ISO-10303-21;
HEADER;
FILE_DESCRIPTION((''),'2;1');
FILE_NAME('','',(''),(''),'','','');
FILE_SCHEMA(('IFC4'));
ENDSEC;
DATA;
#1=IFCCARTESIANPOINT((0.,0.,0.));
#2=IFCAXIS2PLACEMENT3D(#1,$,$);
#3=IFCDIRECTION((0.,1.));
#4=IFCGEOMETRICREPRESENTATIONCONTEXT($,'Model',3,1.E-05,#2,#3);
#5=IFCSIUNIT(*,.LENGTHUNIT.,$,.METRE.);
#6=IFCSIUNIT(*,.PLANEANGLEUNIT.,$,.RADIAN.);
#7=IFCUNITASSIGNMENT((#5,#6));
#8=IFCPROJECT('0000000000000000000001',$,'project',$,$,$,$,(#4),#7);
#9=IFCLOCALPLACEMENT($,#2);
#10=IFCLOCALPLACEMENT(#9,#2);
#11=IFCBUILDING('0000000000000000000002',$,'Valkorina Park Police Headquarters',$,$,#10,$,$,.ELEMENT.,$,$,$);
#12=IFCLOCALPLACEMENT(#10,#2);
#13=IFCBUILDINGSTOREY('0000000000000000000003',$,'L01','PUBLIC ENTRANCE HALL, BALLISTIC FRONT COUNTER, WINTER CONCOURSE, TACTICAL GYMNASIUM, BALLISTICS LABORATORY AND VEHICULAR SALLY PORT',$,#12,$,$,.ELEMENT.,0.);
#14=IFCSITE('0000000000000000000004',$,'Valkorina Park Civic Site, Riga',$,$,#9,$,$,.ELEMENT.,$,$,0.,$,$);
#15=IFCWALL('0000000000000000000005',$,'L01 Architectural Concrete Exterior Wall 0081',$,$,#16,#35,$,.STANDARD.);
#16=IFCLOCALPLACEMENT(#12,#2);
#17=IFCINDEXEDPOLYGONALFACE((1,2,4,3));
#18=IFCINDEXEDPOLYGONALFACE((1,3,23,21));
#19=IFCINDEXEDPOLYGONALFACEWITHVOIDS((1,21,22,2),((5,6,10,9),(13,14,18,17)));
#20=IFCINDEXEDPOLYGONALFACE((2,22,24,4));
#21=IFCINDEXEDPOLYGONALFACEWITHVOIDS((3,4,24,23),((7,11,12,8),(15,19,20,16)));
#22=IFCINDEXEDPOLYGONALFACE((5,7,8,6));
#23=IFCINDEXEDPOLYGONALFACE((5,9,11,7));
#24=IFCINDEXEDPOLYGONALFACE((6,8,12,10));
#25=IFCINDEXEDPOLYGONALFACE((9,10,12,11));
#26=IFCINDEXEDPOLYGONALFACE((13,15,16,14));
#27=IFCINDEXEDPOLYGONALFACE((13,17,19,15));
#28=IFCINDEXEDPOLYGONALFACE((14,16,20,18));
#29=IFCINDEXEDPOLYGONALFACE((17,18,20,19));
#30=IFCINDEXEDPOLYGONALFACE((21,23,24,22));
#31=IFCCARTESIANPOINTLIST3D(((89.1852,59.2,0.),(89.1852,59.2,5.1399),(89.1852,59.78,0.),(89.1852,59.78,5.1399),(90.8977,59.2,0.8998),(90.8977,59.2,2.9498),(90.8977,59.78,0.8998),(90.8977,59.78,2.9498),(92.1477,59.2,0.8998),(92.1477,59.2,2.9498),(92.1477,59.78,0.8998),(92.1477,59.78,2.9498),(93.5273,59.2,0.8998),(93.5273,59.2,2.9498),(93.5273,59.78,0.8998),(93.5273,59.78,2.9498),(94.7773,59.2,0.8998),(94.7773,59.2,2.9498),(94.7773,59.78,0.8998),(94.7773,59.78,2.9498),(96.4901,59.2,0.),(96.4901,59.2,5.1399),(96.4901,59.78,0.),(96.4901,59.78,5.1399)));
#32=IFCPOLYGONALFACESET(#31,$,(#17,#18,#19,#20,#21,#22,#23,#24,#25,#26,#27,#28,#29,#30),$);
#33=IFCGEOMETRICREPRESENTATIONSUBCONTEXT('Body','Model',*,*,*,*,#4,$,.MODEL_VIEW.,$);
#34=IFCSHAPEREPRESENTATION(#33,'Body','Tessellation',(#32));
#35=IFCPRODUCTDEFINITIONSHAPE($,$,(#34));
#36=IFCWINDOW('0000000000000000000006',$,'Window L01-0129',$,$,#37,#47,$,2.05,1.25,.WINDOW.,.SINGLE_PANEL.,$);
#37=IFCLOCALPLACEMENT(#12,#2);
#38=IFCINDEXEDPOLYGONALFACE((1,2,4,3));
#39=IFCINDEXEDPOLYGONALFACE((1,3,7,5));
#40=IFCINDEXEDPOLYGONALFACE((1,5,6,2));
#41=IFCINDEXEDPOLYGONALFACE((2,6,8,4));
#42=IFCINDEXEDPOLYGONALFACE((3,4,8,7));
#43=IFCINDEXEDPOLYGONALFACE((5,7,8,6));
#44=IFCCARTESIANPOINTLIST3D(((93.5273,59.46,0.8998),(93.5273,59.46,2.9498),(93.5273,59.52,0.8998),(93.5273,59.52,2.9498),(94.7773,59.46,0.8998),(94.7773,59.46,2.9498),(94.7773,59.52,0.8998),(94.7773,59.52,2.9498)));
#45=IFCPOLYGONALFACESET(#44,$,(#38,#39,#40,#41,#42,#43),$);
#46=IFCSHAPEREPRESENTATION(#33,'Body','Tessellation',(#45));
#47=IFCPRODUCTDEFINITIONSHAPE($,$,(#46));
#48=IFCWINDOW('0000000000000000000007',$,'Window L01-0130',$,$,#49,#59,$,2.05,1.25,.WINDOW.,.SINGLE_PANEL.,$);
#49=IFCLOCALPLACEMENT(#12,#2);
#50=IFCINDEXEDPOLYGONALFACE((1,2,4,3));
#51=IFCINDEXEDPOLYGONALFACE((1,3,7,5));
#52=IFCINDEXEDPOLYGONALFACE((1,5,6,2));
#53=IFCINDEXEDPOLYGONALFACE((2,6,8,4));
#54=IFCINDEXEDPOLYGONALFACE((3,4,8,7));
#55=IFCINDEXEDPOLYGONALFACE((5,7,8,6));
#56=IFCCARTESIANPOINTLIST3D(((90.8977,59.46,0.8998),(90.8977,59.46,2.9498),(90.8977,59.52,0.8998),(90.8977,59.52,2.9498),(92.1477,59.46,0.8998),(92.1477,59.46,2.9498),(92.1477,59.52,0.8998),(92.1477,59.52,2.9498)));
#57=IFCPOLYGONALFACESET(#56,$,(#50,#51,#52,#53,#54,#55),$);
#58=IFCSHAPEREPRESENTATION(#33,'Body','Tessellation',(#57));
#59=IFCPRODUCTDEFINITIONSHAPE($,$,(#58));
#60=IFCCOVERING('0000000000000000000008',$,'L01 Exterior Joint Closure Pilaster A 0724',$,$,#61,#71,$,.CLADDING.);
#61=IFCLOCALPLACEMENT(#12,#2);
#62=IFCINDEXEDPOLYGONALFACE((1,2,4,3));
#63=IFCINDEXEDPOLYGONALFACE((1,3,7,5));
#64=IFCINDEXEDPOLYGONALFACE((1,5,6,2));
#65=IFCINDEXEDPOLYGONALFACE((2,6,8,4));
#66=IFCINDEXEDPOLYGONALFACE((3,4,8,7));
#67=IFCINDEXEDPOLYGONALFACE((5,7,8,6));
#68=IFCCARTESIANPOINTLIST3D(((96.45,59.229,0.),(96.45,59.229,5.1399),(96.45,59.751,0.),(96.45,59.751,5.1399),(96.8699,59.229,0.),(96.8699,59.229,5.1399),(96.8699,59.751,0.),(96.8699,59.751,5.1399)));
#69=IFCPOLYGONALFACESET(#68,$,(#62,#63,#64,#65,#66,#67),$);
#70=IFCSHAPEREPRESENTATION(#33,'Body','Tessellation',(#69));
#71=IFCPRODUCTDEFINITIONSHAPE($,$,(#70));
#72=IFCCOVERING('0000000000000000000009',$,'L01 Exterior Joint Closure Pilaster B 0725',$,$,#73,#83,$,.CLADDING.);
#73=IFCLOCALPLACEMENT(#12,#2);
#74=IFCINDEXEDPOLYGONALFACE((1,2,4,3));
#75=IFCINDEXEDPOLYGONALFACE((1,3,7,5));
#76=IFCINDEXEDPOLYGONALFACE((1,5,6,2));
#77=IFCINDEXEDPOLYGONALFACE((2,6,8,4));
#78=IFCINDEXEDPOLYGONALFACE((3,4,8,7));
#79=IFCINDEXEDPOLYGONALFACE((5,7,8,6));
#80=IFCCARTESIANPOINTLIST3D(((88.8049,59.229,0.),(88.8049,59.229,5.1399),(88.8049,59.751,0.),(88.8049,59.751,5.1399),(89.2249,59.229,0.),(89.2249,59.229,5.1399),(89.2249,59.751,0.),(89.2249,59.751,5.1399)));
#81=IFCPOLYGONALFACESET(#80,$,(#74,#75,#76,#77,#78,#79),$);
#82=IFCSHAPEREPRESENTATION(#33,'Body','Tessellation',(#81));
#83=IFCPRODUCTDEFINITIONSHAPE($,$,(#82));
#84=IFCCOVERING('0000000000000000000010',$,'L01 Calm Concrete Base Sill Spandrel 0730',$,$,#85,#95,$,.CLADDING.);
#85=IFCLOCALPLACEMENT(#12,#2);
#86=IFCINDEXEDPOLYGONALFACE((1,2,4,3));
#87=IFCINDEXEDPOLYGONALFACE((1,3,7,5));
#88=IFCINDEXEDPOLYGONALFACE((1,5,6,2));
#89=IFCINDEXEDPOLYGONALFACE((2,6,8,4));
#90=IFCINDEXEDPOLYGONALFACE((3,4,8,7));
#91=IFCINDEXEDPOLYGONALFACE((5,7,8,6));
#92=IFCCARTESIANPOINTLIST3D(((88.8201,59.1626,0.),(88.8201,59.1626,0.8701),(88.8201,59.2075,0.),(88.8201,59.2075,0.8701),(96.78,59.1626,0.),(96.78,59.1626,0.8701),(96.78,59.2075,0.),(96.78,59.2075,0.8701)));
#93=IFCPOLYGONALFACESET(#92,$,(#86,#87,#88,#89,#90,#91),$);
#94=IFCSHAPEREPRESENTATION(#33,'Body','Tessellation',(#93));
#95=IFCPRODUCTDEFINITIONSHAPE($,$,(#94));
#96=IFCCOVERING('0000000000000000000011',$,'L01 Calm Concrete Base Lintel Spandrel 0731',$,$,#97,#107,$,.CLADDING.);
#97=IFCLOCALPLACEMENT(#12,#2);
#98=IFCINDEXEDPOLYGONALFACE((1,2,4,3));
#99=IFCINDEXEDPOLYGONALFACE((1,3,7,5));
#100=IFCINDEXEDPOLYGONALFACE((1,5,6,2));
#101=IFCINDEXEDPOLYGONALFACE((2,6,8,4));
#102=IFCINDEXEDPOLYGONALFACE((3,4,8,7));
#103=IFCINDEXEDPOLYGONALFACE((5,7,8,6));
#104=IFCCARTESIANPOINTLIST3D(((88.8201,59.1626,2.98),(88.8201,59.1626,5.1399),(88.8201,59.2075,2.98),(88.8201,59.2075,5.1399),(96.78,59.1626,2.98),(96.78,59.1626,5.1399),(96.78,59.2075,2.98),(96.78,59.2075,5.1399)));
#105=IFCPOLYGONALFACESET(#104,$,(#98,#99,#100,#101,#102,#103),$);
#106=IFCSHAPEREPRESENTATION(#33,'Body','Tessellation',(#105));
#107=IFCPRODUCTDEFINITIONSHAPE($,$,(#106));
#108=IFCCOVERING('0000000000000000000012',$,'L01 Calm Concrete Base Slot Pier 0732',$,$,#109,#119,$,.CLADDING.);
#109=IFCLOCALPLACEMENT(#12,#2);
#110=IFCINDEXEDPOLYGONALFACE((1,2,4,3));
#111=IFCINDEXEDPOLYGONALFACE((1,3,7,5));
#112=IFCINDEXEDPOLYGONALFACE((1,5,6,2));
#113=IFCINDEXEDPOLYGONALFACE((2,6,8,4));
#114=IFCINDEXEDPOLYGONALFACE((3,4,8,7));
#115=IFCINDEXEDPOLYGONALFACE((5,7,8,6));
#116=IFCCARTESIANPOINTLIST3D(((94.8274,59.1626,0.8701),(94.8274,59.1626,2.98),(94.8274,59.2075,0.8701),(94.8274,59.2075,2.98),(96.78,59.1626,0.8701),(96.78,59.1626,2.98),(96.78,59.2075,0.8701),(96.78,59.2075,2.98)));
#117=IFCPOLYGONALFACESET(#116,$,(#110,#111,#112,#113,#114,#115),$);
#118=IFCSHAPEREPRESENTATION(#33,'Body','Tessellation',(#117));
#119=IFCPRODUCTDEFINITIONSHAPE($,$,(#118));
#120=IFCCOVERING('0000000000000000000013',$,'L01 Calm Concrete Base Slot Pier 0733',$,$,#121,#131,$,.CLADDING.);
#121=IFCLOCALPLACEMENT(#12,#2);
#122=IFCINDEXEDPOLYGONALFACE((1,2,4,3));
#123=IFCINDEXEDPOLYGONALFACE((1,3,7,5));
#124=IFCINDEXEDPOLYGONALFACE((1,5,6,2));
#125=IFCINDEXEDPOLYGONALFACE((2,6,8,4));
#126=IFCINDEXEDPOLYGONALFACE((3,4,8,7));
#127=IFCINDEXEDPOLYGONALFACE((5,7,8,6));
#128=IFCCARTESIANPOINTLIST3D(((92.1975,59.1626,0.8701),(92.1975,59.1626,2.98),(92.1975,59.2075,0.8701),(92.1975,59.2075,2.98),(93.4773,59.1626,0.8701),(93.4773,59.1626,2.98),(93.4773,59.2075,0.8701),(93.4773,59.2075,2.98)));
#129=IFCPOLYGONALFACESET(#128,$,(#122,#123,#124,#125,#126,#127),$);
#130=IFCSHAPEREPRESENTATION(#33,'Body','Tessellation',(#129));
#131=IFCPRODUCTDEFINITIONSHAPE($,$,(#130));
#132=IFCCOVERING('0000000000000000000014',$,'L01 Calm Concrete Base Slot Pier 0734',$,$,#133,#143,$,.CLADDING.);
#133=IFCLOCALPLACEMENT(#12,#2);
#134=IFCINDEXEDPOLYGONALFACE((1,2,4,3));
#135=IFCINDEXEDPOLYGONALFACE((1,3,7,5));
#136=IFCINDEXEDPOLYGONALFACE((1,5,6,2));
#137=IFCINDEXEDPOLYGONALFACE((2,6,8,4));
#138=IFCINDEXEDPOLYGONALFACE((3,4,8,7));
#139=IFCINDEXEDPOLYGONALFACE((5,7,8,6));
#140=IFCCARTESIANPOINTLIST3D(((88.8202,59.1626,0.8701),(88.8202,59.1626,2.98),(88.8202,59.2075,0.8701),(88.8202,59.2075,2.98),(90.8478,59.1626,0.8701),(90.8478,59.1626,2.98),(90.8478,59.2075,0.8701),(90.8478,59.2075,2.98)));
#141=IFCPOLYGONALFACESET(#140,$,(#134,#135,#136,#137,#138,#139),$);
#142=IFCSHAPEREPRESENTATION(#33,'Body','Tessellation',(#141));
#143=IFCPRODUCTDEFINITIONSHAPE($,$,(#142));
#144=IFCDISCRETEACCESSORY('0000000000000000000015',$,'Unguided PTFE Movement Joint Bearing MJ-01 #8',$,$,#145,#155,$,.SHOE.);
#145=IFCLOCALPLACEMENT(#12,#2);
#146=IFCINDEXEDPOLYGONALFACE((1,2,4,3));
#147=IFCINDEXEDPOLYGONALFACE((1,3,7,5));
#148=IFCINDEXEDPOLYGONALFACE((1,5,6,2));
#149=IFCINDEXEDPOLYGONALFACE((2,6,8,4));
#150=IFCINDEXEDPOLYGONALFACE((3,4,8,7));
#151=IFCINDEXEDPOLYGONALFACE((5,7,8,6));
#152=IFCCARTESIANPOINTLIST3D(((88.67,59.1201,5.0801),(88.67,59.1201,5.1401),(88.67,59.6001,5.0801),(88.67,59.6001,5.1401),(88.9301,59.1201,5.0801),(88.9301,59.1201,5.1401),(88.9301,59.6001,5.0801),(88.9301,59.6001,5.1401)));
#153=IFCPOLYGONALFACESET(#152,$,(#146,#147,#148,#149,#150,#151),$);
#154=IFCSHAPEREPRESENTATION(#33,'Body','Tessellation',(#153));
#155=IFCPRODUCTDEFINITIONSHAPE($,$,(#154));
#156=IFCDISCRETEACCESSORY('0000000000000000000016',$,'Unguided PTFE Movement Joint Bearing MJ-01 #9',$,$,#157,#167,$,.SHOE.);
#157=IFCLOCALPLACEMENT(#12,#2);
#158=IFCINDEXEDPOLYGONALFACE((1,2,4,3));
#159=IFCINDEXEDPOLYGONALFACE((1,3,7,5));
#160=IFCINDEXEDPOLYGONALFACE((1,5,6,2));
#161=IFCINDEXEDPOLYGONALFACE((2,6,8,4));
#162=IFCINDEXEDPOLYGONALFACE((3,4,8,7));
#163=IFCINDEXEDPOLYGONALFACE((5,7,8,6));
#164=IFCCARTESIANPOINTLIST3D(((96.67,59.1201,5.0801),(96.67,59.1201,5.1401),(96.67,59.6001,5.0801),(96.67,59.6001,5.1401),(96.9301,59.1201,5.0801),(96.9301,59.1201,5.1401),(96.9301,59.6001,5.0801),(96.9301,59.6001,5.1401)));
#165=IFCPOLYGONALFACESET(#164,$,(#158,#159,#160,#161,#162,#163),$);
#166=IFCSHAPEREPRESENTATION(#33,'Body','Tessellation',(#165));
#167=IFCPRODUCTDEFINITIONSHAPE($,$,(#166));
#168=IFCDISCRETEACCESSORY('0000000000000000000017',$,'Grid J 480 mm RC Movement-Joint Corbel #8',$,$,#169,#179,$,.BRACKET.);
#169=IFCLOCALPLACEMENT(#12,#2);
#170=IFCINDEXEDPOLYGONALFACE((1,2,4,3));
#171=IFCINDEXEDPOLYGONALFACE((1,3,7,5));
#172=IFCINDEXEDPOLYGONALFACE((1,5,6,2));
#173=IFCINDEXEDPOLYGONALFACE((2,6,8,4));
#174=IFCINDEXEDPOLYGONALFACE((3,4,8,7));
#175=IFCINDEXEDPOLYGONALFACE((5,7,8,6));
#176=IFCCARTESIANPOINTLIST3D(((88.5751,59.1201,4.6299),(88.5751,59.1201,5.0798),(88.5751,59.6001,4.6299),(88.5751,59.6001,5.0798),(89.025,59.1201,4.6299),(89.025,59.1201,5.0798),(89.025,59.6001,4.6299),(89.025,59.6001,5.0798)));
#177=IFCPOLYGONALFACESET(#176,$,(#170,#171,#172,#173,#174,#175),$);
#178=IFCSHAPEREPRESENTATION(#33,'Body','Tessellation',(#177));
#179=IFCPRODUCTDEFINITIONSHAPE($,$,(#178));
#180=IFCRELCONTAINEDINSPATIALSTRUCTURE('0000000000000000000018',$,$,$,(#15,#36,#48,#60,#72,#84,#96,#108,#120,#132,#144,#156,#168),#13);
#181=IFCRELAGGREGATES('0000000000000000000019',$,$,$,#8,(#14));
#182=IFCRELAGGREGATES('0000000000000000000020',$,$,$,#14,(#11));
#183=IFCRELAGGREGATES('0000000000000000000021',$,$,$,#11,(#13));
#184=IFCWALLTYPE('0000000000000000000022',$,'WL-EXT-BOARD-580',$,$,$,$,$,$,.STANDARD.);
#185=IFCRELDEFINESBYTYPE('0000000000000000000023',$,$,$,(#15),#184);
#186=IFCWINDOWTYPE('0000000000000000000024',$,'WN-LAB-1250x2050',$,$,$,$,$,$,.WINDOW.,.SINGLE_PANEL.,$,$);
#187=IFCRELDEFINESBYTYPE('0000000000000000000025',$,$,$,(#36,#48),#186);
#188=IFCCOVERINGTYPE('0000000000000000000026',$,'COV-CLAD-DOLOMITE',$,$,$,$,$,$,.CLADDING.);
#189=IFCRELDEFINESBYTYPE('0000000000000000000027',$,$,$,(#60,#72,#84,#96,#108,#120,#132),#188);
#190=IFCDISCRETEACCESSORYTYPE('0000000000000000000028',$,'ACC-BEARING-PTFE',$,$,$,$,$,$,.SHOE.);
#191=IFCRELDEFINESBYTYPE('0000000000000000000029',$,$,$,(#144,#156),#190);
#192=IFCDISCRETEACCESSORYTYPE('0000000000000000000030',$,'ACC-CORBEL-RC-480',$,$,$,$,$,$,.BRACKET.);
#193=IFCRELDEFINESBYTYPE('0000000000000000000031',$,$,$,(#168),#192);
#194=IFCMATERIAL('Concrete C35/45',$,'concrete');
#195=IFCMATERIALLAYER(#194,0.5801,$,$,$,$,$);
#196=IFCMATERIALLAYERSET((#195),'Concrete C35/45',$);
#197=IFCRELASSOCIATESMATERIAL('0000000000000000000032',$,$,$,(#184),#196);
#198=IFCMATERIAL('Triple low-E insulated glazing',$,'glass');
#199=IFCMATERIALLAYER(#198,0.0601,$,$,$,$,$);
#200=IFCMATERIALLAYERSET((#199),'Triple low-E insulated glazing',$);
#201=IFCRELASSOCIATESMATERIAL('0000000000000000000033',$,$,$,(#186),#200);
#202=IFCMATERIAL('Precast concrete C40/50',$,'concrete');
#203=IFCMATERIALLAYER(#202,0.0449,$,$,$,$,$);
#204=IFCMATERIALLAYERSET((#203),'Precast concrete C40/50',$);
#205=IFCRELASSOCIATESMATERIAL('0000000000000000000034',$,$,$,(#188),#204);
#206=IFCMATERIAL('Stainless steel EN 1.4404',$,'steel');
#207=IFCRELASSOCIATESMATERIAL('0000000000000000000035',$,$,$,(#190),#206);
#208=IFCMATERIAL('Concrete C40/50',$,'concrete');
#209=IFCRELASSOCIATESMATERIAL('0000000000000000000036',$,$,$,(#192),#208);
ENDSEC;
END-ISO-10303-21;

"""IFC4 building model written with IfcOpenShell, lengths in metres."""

from ifc_helpers import new_model, si_unit, direction, frame, frame_2d, origin, origin_2d, place, context, subcontext, project, spatial, rectangle, extrude, material, layer, layer_set, type_object, element, fill, save


model = new_model("IFC4")

# Units and contexts
model_context = context("Model", 3, precision=1e-05, world=origin(), true_north=direction((0.0, 1.0)))
body_context = subcontext(model_context, "Body", "Model", "MODEL_VIEW")
ifc_project = project(units=[si_unit("LENGTHUNIT", "METRE"), si_unit("PLANEANGLEUNIT", "RADIAN")], contexts=[model_context])

# Site, building, storey
site_placement = place(None, origin())
site = spatial("IfcSite", under=ifc_project, at=site_placement, Name="Valkorina Park Civic Site, Riga", CompositionType="ELEMENT", RefElevation=0.0)
building_placement = place(site_placement, origin())
building = spatial("IfcBuilding", under=site, at=building_placement, Name="Valkorina Park Police Headquarters", CompositionType="ELEMENT")
storey_placement = place(building_placement, origin())
storey = spatial("IfcBuildingStorey", under=building, at=storey_placement, Name="L01", Description="PUBLIC ENTRANCE HALL, BALLISTIC FRONT COUNTER, WINTER CONCOURSE, TACTICAL GYMNASIUM, BALLISTICS LABORATORY AND VEHICULAR SALLY PORT", CompositionType="ELEMENT", Elevation=0.0)

# Shared definitions
ifc_material_1 = material(Name="Concrete C40/50", Category="concrete")

# Wall, openings, windows
ifc_material_2 = material(Name="Concrete C35/45", Category="concrete")
ifc_layer_1 = layer(ifc_material_2, 0.5801)
ifc_layer_set_1 = layer_set([ifc_layer_1], Name="Concrete C35/45")
wall_type = type_object("IfcWallType", Name="WL-EXT-BOARD-580", PredefinedType="STANDARD", material=ifc_layer_set_1)
wall_placement = place(storey_placement, frame((96.49, 59.49, 0.0), z_axis=(0.0, 0.0, 1.0), x_axis=(-1.0, 0.0, 0.0)))
wall = element("IfcWall", 1, at=wall_placement, inside=storey, type_object=wall_type, Name="L01 Architectural Concrete Exterior Wall 0081", PredefinedType="STANDARD", context=body_context, shape_type="SweptSolid", body=[
    extrude(rectangle(XDim=7.3049, YDim=0.5801, at=frame_2d((3.6523, 0.0))), origin(), (0.0, 0.0, 1.0), 5.1399),
])
opening_1_placement = place(wall_placement, frame((1.7126, 0.0, 0.8999)))
opening_1 = element("IfcOpeningElement", 2, at=opening_1_placement, cuts=wall, PredefinedType="OPENING", context=body_context, shape_type="SweptSolid", body=[
    extrude(rectangle(XDim=1.25, YDim=2.05, at=frame_2d((0.625, 1.0249))), frame((0.0, 0.3, 0.0), z_axis=(0.0, -1.0, 0.0), x_axis=(1.0, 0.0, 0.0)), (0.0, 0.0, 1.0), 0.6001),
])
opening_2_placement = place(wall_placement, frame((4.3423, 0.0, 0.8999)))
opening_2 = element("IfcOpeningElement", 3, at=opening_2_placement, cuts=wall, PredefinedType="OPENING", context=body_context, shape_type="SweptSolid", body=[
    extrude(rectangle(XDim=1.25, YDim=2.05, at=frame_2d((0.625, 1.0249))), frame((0.0, 0.3, 0.0), z_axis=(0.0, -1.0, 0.0), x_axis=(1.0, 0.0, 0.0)), (0.0, 0.0, 1.0), 0.6001),
])
ifc_material_3 = material(Name="Triple low-E insulated glazing", Category="glass")
ifc_layer_2 = layer(ifc_material_3, 0.0601)
ifc_layer_set_2 = layer_set([ifc_layer_2], Name="Triple low-E insulated glazing")
window_type = type_object("IfcWindowType", Name="WN-LAB-1250x2050", PartitioningType="SINGLE_PANEL", PredefinedType="WINDOW", material=ifc_layer_set_2)
window_1_placement = place(opening_1_placement, origin())
window_1 = element("IfcWindow", 4, at=window_1_placement, inside=storey, type_object=window_type, Name="Window L01-0129", OverallHeight=2.05, OverallWidth=1.25, PartitioningType="SINGLE_PANEL", PredefinedType="WINDOW", context=body_context, shape_type="SweptSolid", body=[
    extrude(rectangle(XDim=1.25, YDim=2.05, at=frame_2d((0.625, 1.0249))), frame((0.0, 0.03, 0.0), z_axis=(0.0, -1.0, 0.0), x_axis=(1.0, 0.0, 0.0)), (0.0, 0.0, 1.0), 0.0601),
])
fill(opening_1, window_1)
window_2_placement = place(opening_2_placement, origin())
window_2 = element("IfcWindow", 5, at=window_2_placement, inside=storey, type_object=window_type, Name="Window L01-0130", OverallHeight=2.05, OverallWidth=1.25, PartitioningType="SINGLE_PANEL", PredefinedType="WINDOW", context=body_context, shape_type="SweptSolid", body=[
    extrude(rectangle(XDim=1.25, YDim=2.05, at=frame_2d((0.625, 1.0249))), frame((0.0, 0.03, 0.0), z_axis=(0.0, -1.0, 0.0), x_axis=(1.0, 0.0, 0.0)), (0.0, 0.0, 1.0), 0.0601),
])
fill(opening_2, window_2)

# Coverings
ifc_material_4 = material(Name="Precast concrete C40/50", Category="concrete")
ifc_layer_3 = layer(ifc_material_4, 0.0449)
ifc_layer_set_3 = layer_set([ifc_layer_3], Name="Precast concrete C40/50")
covering_type = type_object("IfcCoveringType", Name="COV-CLAD-DOLOMITE", PredefinedType="CLADDING", material=ifc_layer_set_3)
for number, where, z_axis, x_axis, name in (
    (6, (96.6599, 59.49, 0.0), (0.0, 0.0, 1.0), (1.0, 0.0, 0.0), "L01 Exterior Joint Closure Pilaster A 0724"),
    (7, (89.0149, 59.49, 0.0), (0.0, 0.0, 1.0), (1.0, 0.0, 0.0), "L01 Exterior Joint Closure Pilaster B 0725"),
):
    element("IfcCovering", number, at=place(storey_placement, frame(where, z_axis=z_axis, x_axis=x_axis)), inside=storey, type_object=covering_type, Name=name, PredefinedType="CLADDING", context=body_context, shape_type="SweptSolid", body=[
        extrude(rectangle(XDim=0.4199, YDim=0.522, at=origin_2d()), origin(), (0.0, 0.0, 1.0), 5.1399),
    ])
covering_1_placement = place(storey_placement, frame((96.78, 59.1851, 0.0), z_axis=(0.0, 0.0, 1.0), x_axis=(-1.0, 0.0, 0.0)))
element("IfcCovering", 8, at=covering_1_placement, inside=storey, type_object=covering_type, Name="L01 Calm Concrete Base Sill Spandrel 0730", PredefinedType="CLADDING", context=body_context, shape_type="SweptSolid", body=[
    extrude(rectangle(XDim=7.96, YDim=0.0449, at=frame_2d((3.98, 0.0))), origin(), (0.0, 0.0, 1.0), 0.8701),
])
covering_2_placement = place(storey_placement, frame((96.78, 59.1851, 2.98), z_axis=(0.0, 0.0, 1.0), x_axis=(-1.0, 0.0, 0.0)))
element("IfcCovering", 9, at=covering_2_placement, inside=storey, type_object=covering_type, Name="L01 Calm Concrete Base Lintel Spandrel 0731", PredefinedType="CLADDING", context=body_context, shape_type="SweptSolid", body=[
    extrude(rectangle(XDim=7.96, YDim=0.0449, at=frame_2d((3.98, 0.0))), origin(), (0.0, 0.0, 1.0), 2.1599),
])
covering_3_placement = place(storey_placement, frame((96.78, 59.1851, 0.8701), z_axis=(0.0, 0.0, 1.0), x_axis=(-1.0, 0.0, 0.0)))
element("IfcCovering", 10, at=covering_3_placement, inside=storey, type_object=covering_type, Name="L01 Calm Concrete Base Slot Pier 0732", PredefinedType="CLADDING", context=body_context, shape_type="SweptSolid", body=[
    extrude(rectangle(XDim=1.9526, YDim=0.0449, at=frame_2d((0.9763, 0.0))), origin(), (0.0, 0.0, 1.0), 2.1099),
])
covering_4_placement = place(storey_placement, frame((93.4773, 59.1851, 0.8701), z_axis=(0.0, 0.0, 1.0), x_axis=(-1.0, 0.0, 0.0)))
element("IfcCovering", 11, at=covering_4_placement, inside=storey, type_object=covering_type, Name="L01 Calm Concrete Base Slot Pier 0733", PredefinedType="CLADDING", context=body_context, shape_type="SweptSolid", body=[
    extrude(rectangle(XDim=1.2798, YDim=0.0449, at=frame_2d((0.6399, 0.0))), origin(), (0.0, 0.0, 1.0), 2.1099),
])
covering_5_placement = place(storey_placement, frame((90.8477, 59.1851, 0.8701), z_axis=(0.0, 0.0, 1.0), x_axis=(-1.0, 0.0, 0.0)))
element("IfcCovering", 12, at=covering_5_placement, inside=storey, type_object=covering_type, Name="L01 Calm Concrete Base Slot Pier 0734", PredefinedType="CLADDING", context=body_context, shape_type="SweptSolid", body=[
    extrude(rectangle(XDim=2.0276, YDim=0.0449, at=frame_2d((1.0137, 0.0))), origin(), (0.0, 0.0, 1.0), 2.1099),
])

# Discrete accessories
ifc_material_5 = material(Name="Stainless steel EN 1.4404", Category="steel")
discrete_accessory_type_1 = type_object("IfcDiscreteAccessoryType", Name="ACC-BEARING-PTFE", PredefinedType="SHOE", material=ifc_material_5)
for number, where, z_axis, x_axis, name in (
    (13, (88.8, 59.3601, 5.0801), (0.0, 0.0, 1.0), (1.0, 0.0, 0.0), "Unguided PTFE Movement Joint Bearing MJ-01 #8"),
    (14, (96.8, 59.3601, 5.0801), (0.0, 0.0, 1.0), (1.0, 0.0, 0.0), "Unguided PTFE Movement Joint Bearing MJ-01 #9"),
):
    element("IfcDiscreteAccessory", number, at=place(storey_placement, frame(where, z_axis=z_axis, x_axis=x_axis)), inside=storey, type_object=discrete_accessory_type_1, Name=name, PredefinedType="SHOE", context=body_context, shape_type="SweptSolid", body=[
        extrude(rectangle(XDim=0.26, YDim=0.48, at=origin_2d()), origin(), (0.0, 0.0, 1.0), 0.0601),
    ])
discrete_accessory_type_2 = type_object("IfcDiscreteAccessoryType", Name="ACC-CORBEL-RC-480", PredefinedType="BRACKET", material=ifc_material_1)
discrete_accessory_placement = place(storey_placement, frame((88.8, 59.3601, 4.6299), z_axis=(0.0, 0.0, 1.0), x_axis=(1.0, 0.0, 0.0)))
element("IfcDiscreteAccessory", 15, at=discrete_accessory_placement, inside=storey, type_object=discrete_accessory_type_2, Name="Grid J 480 mm RC Movement-Joint Corbel #8", PredefinedType="BRACKET", context=body_context, shape_type="SweptSolid", body=[
    extrude(rectangle(XDim=0.45, YDim=0.48, at=origin_2d()), origin(), (0.0, 0.0, 1.0), 0.45),
])

save(model, "model.ifc")
